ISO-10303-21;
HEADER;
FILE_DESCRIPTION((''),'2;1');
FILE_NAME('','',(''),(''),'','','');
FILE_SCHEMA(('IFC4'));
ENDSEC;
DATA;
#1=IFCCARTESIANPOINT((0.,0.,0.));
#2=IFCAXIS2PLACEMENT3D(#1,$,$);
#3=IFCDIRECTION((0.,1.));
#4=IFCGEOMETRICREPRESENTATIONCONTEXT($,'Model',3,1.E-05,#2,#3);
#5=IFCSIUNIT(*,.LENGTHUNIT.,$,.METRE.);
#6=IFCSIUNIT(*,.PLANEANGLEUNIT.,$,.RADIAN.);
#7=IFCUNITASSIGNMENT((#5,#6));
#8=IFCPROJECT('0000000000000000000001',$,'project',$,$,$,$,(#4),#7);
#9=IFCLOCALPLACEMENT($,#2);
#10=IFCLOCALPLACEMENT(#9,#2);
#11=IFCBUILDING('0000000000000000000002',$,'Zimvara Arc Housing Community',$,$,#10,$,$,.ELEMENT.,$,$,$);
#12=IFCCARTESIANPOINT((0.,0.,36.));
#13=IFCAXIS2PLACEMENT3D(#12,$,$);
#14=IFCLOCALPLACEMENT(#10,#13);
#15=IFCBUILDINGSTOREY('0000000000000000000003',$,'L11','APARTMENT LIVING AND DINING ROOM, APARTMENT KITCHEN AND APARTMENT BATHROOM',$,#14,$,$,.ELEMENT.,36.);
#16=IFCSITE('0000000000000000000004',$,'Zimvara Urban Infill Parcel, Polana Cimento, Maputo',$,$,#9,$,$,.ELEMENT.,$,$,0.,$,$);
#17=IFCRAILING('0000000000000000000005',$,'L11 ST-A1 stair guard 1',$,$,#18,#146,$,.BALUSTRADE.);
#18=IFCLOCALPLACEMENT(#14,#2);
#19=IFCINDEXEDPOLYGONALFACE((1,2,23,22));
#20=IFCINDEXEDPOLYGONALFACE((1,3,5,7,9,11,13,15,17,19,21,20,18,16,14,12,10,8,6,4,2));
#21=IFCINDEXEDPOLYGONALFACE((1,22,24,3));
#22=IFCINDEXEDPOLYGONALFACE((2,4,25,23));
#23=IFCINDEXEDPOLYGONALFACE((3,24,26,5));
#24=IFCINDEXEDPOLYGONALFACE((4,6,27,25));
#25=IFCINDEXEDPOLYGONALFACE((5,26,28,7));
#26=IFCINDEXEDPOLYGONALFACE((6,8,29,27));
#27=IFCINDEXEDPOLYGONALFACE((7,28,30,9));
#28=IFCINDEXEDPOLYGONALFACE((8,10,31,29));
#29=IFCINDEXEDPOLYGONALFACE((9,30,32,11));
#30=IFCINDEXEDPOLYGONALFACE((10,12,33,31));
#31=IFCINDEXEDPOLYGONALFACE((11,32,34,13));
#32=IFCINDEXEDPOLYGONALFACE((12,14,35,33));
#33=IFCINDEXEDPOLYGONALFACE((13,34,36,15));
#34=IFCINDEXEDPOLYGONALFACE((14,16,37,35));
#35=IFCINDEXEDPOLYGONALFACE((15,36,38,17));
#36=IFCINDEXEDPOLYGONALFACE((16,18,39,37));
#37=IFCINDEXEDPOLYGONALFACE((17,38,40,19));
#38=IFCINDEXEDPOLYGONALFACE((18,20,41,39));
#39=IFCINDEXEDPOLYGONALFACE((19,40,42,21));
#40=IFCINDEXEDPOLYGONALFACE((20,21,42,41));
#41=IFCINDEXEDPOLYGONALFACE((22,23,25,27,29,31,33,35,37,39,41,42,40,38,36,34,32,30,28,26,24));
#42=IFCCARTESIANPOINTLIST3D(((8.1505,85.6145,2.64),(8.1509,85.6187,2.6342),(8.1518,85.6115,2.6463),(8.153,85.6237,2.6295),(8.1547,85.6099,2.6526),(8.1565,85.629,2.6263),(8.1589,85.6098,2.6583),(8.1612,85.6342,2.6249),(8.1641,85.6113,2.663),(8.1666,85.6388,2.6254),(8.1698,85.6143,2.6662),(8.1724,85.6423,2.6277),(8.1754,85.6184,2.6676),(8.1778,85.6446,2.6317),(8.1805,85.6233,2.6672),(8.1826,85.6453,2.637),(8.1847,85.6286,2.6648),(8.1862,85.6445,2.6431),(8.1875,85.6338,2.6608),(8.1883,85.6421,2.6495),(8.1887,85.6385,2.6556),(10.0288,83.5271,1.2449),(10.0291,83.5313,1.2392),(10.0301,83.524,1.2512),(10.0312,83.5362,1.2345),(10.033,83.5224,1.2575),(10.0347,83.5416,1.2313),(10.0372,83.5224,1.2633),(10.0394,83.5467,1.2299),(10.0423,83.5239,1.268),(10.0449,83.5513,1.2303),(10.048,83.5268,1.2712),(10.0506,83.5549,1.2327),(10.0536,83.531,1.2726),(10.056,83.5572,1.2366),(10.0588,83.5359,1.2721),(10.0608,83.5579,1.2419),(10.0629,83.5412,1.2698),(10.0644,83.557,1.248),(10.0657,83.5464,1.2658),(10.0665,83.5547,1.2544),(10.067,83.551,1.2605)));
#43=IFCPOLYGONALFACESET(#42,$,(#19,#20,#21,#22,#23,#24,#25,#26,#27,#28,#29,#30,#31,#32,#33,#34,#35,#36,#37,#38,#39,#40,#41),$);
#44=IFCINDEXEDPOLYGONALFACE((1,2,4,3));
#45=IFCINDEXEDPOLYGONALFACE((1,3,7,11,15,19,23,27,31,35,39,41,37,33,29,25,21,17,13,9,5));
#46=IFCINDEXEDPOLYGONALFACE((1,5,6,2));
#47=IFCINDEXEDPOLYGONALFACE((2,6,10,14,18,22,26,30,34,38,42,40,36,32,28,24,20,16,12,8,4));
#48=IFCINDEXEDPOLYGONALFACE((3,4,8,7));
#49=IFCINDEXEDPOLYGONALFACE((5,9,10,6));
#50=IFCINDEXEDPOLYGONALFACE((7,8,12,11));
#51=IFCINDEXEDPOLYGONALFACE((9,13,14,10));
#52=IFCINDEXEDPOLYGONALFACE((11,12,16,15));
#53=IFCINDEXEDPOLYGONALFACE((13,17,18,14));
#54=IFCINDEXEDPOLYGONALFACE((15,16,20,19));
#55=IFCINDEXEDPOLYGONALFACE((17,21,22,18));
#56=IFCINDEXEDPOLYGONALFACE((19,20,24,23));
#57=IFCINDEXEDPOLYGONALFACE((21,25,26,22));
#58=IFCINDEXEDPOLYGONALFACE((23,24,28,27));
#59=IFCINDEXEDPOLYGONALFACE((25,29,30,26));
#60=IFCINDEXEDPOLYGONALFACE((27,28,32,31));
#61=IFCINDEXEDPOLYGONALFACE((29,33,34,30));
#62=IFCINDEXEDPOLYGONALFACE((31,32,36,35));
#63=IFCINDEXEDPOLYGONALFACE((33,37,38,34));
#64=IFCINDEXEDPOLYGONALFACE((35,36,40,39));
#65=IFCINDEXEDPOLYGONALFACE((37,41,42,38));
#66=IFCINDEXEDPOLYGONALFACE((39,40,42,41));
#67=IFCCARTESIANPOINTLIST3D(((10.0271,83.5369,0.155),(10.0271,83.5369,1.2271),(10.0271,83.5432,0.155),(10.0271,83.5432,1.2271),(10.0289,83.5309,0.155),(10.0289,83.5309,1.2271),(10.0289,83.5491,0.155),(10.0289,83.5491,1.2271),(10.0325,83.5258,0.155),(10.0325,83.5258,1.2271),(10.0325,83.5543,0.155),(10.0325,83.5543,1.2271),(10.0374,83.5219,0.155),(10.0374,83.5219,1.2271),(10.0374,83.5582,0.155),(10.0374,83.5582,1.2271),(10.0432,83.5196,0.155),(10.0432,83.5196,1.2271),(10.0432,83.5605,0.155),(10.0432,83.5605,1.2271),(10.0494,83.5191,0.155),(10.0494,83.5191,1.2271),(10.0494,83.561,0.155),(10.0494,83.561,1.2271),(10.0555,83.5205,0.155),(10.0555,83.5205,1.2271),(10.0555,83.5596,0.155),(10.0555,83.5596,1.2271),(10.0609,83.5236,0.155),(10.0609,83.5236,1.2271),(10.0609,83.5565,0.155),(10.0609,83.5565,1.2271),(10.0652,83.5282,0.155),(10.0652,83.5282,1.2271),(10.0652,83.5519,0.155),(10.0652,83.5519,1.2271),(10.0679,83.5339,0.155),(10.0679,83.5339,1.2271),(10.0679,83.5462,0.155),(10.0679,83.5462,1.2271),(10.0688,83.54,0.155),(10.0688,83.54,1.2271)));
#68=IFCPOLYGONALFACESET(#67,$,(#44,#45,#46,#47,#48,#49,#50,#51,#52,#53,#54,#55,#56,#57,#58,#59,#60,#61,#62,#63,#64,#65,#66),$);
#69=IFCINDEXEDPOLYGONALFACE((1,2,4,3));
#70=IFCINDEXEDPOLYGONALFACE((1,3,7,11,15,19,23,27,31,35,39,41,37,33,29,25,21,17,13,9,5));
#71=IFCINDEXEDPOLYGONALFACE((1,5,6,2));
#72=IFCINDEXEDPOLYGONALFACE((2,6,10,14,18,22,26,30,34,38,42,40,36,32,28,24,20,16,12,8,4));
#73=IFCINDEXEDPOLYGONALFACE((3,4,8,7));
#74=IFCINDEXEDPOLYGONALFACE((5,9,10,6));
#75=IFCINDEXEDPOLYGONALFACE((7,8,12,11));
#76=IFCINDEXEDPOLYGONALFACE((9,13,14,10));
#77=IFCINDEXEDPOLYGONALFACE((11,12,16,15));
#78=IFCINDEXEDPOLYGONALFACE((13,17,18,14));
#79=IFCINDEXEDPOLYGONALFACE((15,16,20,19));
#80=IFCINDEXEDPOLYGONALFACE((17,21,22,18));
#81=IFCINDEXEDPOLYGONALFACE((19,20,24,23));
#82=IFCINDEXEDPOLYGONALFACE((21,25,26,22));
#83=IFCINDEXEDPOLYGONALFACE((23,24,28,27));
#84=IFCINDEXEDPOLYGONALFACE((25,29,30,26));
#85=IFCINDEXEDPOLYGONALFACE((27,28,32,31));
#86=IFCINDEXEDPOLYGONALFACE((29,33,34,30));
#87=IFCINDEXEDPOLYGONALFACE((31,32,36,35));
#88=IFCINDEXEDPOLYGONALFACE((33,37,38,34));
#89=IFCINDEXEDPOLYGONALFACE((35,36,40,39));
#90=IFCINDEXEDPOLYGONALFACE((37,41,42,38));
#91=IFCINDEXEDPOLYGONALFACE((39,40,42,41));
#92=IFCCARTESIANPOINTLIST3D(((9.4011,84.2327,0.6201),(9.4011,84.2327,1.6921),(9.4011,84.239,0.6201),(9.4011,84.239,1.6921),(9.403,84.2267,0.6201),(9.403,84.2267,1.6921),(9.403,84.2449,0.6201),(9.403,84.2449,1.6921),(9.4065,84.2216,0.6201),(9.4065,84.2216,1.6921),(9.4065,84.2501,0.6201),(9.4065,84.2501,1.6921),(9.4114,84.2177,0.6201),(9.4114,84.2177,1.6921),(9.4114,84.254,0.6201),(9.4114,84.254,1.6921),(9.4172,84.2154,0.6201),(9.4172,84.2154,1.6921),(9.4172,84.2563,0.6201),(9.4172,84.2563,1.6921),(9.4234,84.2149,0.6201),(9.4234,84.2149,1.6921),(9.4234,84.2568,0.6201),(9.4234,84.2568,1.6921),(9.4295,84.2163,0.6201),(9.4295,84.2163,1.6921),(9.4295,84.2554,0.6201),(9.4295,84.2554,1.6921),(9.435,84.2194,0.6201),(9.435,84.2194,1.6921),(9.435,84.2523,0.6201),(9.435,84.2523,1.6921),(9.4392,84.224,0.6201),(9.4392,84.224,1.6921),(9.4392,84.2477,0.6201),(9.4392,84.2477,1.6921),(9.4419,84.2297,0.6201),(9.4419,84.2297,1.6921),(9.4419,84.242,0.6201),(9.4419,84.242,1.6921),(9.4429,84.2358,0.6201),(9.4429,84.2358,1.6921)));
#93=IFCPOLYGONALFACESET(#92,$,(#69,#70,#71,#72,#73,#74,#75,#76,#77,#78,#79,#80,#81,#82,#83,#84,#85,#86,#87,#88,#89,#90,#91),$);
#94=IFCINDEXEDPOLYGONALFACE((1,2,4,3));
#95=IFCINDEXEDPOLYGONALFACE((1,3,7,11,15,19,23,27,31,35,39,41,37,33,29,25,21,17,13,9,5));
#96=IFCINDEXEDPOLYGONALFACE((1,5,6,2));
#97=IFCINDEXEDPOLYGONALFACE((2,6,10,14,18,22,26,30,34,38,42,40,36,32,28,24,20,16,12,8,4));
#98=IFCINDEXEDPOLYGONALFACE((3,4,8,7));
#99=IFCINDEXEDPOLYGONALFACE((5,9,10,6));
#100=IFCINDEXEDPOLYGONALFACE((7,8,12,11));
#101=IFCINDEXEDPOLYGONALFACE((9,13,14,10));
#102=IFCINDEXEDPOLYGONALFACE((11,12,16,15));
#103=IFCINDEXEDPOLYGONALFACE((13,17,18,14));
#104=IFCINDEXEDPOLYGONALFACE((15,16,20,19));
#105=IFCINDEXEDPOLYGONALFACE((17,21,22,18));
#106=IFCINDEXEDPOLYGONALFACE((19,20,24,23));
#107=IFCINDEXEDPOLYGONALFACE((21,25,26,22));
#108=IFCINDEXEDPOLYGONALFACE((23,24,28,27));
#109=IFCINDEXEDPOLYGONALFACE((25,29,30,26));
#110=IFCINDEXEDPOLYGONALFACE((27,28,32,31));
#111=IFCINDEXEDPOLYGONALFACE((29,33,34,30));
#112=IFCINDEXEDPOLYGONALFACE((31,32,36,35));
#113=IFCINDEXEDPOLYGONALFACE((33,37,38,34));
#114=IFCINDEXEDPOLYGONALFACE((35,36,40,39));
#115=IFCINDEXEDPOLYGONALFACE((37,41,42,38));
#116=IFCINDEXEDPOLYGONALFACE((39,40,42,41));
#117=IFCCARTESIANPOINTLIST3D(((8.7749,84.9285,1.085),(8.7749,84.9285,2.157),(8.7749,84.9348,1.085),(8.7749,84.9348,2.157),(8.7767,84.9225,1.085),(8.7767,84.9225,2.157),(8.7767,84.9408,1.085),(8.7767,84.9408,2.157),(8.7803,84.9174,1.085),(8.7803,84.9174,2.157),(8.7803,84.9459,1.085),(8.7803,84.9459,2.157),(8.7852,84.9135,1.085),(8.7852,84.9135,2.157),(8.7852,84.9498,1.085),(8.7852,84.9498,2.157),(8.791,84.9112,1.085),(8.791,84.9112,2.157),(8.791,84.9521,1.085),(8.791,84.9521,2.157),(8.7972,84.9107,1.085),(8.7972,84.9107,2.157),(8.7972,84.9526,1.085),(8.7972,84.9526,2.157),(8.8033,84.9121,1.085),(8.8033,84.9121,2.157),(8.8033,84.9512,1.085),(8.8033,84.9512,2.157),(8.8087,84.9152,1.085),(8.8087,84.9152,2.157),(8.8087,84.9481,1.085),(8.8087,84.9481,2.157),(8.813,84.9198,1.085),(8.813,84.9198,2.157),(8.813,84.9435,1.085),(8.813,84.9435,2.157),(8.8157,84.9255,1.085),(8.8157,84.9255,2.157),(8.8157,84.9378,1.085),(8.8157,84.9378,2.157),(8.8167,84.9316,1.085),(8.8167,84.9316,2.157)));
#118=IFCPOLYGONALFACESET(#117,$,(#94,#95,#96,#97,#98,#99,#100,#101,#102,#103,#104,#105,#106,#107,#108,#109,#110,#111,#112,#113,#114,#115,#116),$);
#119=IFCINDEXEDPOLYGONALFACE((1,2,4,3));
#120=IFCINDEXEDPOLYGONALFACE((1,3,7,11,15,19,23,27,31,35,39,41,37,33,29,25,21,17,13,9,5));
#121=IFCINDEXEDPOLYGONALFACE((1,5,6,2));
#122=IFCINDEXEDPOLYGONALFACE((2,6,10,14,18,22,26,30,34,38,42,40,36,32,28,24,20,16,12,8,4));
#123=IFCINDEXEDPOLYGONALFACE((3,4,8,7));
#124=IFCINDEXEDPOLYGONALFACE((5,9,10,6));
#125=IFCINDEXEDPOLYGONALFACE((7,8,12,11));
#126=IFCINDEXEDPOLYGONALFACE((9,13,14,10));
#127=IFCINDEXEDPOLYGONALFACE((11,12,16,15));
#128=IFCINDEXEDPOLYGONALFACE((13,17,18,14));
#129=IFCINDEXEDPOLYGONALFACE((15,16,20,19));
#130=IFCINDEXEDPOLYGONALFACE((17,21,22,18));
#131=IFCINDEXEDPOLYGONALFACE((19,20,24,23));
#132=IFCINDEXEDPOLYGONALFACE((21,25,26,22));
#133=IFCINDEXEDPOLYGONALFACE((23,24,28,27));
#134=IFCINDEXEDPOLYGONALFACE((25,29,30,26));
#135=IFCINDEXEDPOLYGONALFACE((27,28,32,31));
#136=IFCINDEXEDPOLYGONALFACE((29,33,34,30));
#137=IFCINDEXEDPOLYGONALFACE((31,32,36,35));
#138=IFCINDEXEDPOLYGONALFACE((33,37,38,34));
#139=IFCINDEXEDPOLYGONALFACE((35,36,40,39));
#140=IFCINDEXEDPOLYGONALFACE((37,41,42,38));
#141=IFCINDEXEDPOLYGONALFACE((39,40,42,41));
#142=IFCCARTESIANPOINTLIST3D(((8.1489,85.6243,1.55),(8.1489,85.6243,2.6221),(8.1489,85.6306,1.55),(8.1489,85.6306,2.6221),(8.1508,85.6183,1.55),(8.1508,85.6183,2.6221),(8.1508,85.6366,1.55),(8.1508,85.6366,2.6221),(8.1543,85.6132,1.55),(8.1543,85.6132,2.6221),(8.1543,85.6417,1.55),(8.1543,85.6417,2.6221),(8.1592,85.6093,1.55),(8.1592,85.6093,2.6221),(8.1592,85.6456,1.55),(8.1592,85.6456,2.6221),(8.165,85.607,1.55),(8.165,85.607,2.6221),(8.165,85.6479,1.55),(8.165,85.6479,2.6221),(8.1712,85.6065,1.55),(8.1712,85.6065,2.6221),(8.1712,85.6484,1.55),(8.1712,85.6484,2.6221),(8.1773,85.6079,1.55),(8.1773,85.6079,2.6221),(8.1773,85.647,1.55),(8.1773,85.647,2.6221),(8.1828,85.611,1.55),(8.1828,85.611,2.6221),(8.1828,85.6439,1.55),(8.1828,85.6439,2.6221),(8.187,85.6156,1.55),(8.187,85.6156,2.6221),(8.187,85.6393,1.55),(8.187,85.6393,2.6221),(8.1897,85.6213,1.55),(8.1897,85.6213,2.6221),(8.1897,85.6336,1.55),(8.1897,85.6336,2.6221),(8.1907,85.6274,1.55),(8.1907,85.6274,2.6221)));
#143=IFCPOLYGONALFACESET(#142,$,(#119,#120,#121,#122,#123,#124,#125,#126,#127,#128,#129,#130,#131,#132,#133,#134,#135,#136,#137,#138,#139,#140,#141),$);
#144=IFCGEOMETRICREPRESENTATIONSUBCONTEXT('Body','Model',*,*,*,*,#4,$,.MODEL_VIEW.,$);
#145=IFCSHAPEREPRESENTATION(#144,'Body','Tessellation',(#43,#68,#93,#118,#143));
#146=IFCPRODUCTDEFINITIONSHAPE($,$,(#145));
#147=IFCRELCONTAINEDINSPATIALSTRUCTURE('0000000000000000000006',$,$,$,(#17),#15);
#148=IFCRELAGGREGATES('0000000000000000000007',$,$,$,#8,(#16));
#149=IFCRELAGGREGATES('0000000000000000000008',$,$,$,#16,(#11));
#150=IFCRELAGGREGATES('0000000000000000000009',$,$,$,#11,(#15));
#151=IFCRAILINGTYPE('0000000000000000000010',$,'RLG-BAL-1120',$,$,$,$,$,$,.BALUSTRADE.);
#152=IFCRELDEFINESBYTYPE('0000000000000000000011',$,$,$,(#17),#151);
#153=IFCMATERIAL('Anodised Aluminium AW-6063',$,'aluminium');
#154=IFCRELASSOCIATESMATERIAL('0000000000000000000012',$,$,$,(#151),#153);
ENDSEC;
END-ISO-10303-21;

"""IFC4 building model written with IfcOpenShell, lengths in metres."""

from ifc_helpers import new_model, si_unit, direction, frame, origin, origin_2d, place, context, subcontext, project, spatial, circle, extrude, material, type_object, element, save


model = new_model("IFC4")

# Units and contexts
model_context = context("Model", 3, precision=1e-05, world=origin(), true_north=direction((0.0, 1.0)))
body_context = subcontext(model_context, "Body", "Model", "MODEL_VIEW")
ifc_project = project(units=[si_unit("LENGTHUNIT", "METRE"), si_unit("PLANEANGLEUNIT", "RADIAN")], contexts=[model_context])

# Site, building, storey
site_placement = place(None, origin())
site = spatial("IfcSite", under=ifc_project, at=site_placement, Name="Zimvara Urban Infill Parcel, Polana Cimento, Maputo", CompositionType="ELEMENT", RefElevation=0.0)
building_placement = place(site_placement, origin())
building = spatial("IfcBuilding", under=site, at=building_placement, Name="Zimvara Arc Housing Community", CompositionType="ELEMENT")
storey_placement = place(building_placement, frame((0.0, 0.0, 36.0)))
storey = spatial("IfcBuildingStorey", under=building, at=storey_placement, Name="L11", Description="APARTMENT LIVING AND DINING ROOM, APARTMENT KITCHEN AND APARTMENT BATHROOM", CompositionType="ELEMENT", Elevation=36.0)

# Railing
ifc_material_1 = material(Name="Anodised Aluminium AW-6063", Category="aluminium")
railing_type_1 = type_object("IfcRailingType", Name="RLG-BAL-1120", PredefinedType="BALUSTRADE", material=ifc_material_1)
railing_1_placement = place(storey_placement, frame((10.0479, 83.54, 0.155)))
element("IfcRailing", 1, at=railing_1_placement, inside=storey, type_object=railing_type_1, Name="L11 ST-A1 stair guard 1", PredefinedType="BALUSTRADE", context=body_context, shape_type="SweptSolid", body=[
    extrude(circle(Radius=0.0239, at=origin_2d()), frame((0.0, 0.0, 1.0962), z_axis=(-0.599018, 0.665749, 0.444923), x_axis=(-0.743381, -0.668869, 0.0)), (0.0, 0.0, 1.0), 3.1355),
    extrude(circle(Radius=0.021, at=origin_2d()), origin(), (0.0, 0.0, 1.0), 1.072),
    extrude(circle(Radius=0.021, at=origin_2d()), frame((-0.626, 0.6958, 0.4651)), (0.0, 0.0, 1.0), 1.072),
    extrude(circle(Radius=0.021, at=origin_2d()), frame((-1.2522, 1.3916, 0.9299)), (0.0, 0.0, 1.0), 1.072),
    extrude(circle(Radius=0.021, at=origin_2d()), frame((-1.8782, 2.0874, 1.395)), (0.0, 0.0, 1.0), 1.072),
])

save(model, "model.ifc")
